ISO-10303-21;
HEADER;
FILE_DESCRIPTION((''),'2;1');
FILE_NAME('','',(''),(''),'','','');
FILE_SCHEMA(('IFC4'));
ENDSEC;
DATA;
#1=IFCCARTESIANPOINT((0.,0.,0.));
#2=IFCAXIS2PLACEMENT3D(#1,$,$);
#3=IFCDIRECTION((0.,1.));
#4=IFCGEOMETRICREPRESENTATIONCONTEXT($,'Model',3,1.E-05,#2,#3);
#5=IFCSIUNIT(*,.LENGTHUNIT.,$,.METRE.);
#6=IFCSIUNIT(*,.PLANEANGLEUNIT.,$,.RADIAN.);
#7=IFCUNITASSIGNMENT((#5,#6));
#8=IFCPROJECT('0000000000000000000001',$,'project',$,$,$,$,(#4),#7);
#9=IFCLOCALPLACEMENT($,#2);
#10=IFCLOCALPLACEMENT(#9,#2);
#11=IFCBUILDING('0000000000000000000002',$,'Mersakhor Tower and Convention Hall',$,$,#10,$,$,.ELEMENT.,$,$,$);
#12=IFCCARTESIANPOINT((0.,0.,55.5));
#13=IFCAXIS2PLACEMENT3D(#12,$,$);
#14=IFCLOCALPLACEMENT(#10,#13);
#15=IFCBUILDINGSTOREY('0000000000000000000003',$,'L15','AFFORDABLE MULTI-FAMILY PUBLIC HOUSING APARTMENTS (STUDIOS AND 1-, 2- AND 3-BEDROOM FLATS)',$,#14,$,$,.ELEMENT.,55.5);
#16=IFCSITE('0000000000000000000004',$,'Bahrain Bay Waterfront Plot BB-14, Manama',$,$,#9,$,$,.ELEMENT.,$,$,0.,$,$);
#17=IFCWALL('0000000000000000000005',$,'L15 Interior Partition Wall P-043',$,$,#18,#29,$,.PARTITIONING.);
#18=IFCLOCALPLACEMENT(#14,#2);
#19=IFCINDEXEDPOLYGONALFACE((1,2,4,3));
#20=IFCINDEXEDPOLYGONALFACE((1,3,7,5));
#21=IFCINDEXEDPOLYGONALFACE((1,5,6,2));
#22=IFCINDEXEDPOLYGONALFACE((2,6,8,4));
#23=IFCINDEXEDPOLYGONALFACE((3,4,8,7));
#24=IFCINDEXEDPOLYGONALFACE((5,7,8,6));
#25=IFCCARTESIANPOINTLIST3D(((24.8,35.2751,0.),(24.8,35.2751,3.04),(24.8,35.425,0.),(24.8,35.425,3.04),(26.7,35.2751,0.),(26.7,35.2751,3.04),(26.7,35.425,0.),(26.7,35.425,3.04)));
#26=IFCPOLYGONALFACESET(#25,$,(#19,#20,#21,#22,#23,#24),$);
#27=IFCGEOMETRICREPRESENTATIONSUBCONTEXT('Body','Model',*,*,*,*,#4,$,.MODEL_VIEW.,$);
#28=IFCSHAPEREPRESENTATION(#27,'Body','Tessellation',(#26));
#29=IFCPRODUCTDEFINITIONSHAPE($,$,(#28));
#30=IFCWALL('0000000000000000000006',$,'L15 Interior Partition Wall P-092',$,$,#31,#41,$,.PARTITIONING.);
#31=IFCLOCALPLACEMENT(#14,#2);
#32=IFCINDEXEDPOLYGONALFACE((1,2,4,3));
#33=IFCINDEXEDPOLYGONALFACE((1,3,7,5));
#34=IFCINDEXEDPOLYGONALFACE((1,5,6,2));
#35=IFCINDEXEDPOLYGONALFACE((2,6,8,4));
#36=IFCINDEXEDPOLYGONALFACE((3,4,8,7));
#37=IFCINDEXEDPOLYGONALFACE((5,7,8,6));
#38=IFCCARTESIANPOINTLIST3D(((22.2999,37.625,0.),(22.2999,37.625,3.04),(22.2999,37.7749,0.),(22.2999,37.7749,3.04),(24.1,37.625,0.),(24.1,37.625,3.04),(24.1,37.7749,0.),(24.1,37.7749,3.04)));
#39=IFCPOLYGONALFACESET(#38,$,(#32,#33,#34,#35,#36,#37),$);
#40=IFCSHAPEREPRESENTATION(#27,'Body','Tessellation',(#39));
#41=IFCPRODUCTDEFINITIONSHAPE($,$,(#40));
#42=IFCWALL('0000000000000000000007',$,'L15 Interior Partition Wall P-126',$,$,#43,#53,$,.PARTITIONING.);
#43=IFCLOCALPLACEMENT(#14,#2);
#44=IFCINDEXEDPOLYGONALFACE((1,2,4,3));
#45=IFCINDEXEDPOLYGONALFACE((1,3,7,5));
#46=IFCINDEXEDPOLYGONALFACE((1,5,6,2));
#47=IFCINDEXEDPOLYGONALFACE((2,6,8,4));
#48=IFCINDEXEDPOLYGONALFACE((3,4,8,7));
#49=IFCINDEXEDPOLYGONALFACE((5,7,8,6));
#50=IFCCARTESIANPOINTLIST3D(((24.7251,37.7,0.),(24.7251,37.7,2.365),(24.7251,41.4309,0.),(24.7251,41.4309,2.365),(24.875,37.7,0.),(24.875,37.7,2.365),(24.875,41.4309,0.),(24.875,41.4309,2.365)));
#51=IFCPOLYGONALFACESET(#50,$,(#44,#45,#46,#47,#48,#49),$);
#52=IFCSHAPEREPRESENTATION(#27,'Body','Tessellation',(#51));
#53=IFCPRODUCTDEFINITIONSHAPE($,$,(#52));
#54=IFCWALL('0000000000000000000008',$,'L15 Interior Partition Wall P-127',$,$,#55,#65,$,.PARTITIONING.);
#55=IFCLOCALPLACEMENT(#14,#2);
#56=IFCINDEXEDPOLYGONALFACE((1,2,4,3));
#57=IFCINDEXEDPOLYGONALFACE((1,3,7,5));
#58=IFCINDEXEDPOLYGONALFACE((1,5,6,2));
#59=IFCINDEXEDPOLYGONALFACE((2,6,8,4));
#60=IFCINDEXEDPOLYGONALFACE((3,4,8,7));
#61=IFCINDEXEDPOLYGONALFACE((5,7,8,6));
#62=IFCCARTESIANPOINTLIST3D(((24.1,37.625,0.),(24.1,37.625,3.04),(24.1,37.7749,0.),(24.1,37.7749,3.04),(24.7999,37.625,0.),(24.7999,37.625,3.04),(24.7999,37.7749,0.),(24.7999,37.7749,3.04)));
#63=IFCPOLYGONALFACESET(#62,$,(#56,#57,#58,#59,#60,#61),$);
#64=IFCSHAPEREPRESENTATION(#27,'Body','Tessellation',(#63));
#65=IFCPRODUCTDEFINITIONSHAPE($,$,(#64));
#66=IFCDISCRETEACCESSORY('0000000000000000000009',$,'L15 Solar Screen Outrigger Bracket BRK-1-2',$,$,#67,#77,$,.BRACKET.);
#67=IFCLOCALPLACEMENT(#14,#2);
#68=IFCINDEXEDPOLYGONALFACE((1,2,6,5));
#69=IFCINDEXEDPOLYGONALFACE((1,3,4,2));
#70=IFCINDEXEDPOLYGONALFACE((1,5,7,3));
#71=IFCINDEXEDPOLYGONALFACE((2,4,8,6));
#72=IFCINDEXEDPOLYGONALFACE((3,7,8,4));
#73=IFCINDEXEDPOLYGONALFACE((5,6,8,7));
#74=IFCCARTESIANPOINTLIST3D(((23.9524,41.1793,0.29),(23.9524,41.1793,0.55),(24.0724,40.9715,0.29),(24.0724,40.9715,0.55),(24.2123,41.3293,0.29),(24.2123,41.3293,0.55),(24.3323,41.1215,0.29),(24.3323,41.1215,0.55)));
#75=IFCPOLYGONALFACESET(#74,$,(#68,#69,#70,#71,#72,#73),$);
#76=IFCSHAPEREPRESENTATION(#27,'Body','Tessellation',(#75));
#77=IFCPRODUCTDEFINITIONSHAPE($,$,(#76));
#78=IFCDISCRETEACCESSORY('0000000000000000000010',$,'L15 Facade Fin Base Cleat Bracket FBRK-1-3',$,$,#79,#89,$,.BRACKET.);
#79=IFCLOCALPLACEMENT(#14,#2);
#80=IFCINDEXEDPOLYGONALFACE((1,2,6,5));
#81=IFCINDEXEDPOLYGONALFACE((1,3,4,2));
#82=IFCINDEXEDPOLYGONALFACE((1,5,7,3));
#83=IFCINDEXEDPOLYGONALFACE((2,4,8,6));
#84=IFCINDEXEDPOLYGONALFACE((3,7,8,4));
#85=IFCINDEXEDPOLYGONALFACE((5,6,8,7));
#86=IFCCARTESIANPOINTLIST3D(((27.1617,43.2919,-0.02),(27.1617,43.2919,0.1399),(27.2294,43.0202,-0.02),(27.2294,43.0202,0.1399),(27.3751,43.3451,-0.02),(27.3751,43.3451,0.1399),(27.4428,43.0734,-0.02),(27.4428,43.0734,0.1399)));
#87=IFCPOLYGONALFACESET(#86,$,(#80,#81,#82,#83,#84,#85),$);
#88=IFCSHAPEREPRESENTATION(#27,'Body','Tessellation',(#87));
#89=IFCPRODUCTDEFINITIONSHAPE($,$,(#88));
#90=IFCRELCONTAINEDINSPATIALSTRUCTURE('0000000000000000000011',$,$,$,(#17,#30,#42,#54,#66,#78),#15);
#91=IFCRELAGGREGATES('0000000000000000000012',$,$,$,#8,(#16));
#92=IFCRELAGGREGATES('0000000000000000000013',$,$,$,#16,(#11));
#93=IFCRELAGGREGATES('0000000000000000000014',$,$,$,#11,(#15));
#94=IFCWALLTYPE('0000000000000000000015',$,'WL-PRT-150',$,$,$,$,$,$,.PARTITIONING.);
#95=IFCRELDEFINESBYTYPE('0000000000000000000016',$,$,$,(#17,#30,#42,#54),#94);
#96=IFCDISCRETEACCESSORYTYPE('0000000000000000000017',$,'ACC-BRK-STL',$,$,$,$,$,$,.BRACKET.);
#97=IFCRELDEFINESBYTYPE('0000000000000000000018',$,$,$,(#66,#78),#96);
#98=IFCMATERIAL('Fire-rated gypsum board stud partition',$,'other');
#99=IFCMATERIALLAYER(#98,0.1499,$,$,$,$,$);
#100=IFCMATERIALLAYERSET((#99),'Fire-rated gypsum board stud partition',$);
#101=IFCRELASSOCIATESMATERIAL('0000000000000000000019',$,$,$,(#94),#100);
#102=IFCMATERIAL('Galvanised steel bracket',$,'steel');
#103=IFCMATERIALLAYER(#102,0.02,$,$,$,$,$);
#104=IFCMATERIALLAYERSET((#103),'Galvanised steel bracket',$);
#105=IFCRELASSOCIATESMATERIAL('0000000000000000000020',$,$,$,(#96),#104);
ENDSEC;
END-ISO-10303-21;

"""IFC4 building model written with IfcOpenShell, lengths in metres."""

from ifc_helpers import new_model, si_unit, direction, frame, frame_2d, origin, origin_2d, place, context, subcontext, project, spatial, rectangle, extrude, material, layer, layer_set, type_object, element, save


model = new_model("IFC4")

# Units and contexts
model_context = context("Model", 3, precision=1e-05, world=origin(), true_north=direction((0.0, 1.0)))
body_context = subcontext(model_context, "Body", "Model", "MODEL_VIEW")
ifc_project = project(units=[si_unit("LENGTHUNIT", "METRE"), si_unit("PLANEANGLEUNIT", "RADIAN")], contexts=[model_context])

# Site, building, storey
site_placement = place(None, origin())
site = spatial("IfcSite", under=ifc_project, at=site_placement, Name="Bahrain Bay Waterfront Plot BB-14, Manama", CompositionType="ELEMENT", RefElevation=0.0)
building_placement = place(site_placement, origin())
building = spatial("IfcBuilding", under=site, at=building_placement, Name="Mersakhor Tower and Convention Hall", CompositionType="ELEMENT")
storey_placement = place(building_placement, frame((0.0, 0.0, 55.5)))
storey = spatial("IfcBuildingStorey", under=building, at=storey_placement, Name="L15", Description="AFFORDABLE MULTI-FAMILY PUBLIC HOUSING APARTMENTS (STUDIOS AND 1-, 2- AND 3-BEDROOM FLATS)", CompositionType="ELEMENT", Elevation=55.5)

# Wall
ifc_material_1 = material(Name="Fire-rated gypsum board stud partition", Category="other")
ifc_layer_1 = layer(ifc_material_1, 0.1499)
ifc_layer_set_1 = layer_set([ifc_layer_1], Name="Fire-rated gypsum board stud partition")
wall_type_1 = type_object("IfcWallType", Name="WL-PRT-150", PredefinedType="PARTITIONING", material=ifc_layer_set_1)
wall_1_placement = place(storey_placement, frame((24.8, 35.3501, 0.0), z_axis=(0.0, 0.0, 1.0), x_axis=(1.0, 0.0, 0.0)))
element("IfcWall", 1, at=wall_1_placement, inside=storey, type_object=wall_type_1, Name="L15 Interior Partition Wall P-043", PredefinedType="PARTITIONING", context=body_context, shape_type="SweptSolid", body=[
    extrude(rectangle(XDim=1.8999, YDim=0.1499, at=frame_2d((0.95, 0.0))), origin(), (0.0, 0.0, 1.0), 3.04),
])

# Walls
wall_2_placement = place(storey_placement, frame((22.3, 37.7, 0.0), z_axis=(0.0, 0.0, 1.0), x_axis=(1.0, 0.0, 0.0)))
element("IfcWall", 2, at=wall_2_placement, inside=storey, type_object=wall_type_1, Name="L15 Interior Partition Wall P-092", PredefinedType="PARTITIONING", context=body_context, shape_type="SweptSolid", body=[
    extrude(rectangle(XDim=1.8, YDim=0.1499, at=frame_2d((0.8999, 0.0))), origin(), (0.0, 0.0, 1.0), 3.04),
])
wall_3_placement = place(storey_placement, frame((24.8, 41.4309, 0.0), z_axis=(0.0, 0.0, 1.0), x_axis=(0.0, -1.0, 0.0)))
element("IfcWall", 3, at=wall_3_placement, inside=storey, type_object=wall_type_1, Name="L15 Interior Partition Wall P-126", PredefinedType="PARTITIONING", context=body_context, shape_type="SweptSolid", body=[
    extrude(rectangle(XDim=3.731, YDim=0.1499, at=frame_2d((1.8655, 0.0))), origin(), (0.0, 0.0, 1.0), 2.365),
])
wall_4_placement = place(storey_placement, frame((24.8, 37.7, 0.0), z_axis=(0.0, 0.0, 1.0), x_axis=(-1.0, 0.0, 0.0)))
element("IfcWall", 4, at=wall_4_placement, inside=storey, type_object=wall_type_1, Name="L15 Interior Partition Wall P-127", PredefinedType="PARTITIONING", context=body_context, shape_type="SweptSolid", body=[
    extrude(rectangle(XDim=0.7, YDim=0.1499, at=frame_2d((0.3501, 0.0))), origin(), (0.0, 0.0, 1.0), 3.04),
])

# Discrete accessories
ifc_material_2 = material(Name="Galvanised steel bracket", Category="steel")
ifc_layer_2 = layer(ifc_material_2, 0.02)
ifc_layer_set_2 = layer_set([ifc_layer_2], Name="Galvanised steel bracket")
discrete_accessory_type = type_object("IfcDiscreteAccessoryType", Name="ACC-BRK-STL", PredefinedType="BRACKET", material=ifc_layer_set_2)
discrete_accessory_1_placement = place(storey_placement, frame((24.1423, 41.1504, 0.29), z_axis=(0.0, 0.0, 1.0), x_axis=(0.866025, 0.5, 0.0)))
element("IfcDiscreteAccessory", 5, at=discrete_accessory_1_placement, inside=storey, type_object=discrete_accessory_type, Name="L15 Solar Screen Outrigger Bracket BRK-1-2", PredefinedType="BRACKET", context=body_context, shape_type="SweptSolid", body=[
    extrude(rectangle(XDim=0.3, YDim=0.24, at=origin_2d()), origin(), (0.0, 0.0, 1.0), 0.26),
])
discrete_accessory_2_placement = place(storey_placement, frame((27.3022, 43.1826, -0.02), z_axis=(0.0, 0.0, 1.0), x_axis=(-0.241922, 0.970296, 0.0)))
element("IfcDiscreteAccessory", 6, at=discrete_accessory_2_placement, inside=storey, type_object=discrete_accessory_type, Name="L15 Facade Fin Base Cleat Bracket FBRK-1-3", PredefinedType="BRACKET", context=body_context, shape_type="SweptSolid", body=[
    extrude(rectangle(XDim=0.28, YDim=0.22, at=origin_2d()), origin(), (0.0, 0.0, 1.0), 0.1599),
])

save(model, "model.ifc")
